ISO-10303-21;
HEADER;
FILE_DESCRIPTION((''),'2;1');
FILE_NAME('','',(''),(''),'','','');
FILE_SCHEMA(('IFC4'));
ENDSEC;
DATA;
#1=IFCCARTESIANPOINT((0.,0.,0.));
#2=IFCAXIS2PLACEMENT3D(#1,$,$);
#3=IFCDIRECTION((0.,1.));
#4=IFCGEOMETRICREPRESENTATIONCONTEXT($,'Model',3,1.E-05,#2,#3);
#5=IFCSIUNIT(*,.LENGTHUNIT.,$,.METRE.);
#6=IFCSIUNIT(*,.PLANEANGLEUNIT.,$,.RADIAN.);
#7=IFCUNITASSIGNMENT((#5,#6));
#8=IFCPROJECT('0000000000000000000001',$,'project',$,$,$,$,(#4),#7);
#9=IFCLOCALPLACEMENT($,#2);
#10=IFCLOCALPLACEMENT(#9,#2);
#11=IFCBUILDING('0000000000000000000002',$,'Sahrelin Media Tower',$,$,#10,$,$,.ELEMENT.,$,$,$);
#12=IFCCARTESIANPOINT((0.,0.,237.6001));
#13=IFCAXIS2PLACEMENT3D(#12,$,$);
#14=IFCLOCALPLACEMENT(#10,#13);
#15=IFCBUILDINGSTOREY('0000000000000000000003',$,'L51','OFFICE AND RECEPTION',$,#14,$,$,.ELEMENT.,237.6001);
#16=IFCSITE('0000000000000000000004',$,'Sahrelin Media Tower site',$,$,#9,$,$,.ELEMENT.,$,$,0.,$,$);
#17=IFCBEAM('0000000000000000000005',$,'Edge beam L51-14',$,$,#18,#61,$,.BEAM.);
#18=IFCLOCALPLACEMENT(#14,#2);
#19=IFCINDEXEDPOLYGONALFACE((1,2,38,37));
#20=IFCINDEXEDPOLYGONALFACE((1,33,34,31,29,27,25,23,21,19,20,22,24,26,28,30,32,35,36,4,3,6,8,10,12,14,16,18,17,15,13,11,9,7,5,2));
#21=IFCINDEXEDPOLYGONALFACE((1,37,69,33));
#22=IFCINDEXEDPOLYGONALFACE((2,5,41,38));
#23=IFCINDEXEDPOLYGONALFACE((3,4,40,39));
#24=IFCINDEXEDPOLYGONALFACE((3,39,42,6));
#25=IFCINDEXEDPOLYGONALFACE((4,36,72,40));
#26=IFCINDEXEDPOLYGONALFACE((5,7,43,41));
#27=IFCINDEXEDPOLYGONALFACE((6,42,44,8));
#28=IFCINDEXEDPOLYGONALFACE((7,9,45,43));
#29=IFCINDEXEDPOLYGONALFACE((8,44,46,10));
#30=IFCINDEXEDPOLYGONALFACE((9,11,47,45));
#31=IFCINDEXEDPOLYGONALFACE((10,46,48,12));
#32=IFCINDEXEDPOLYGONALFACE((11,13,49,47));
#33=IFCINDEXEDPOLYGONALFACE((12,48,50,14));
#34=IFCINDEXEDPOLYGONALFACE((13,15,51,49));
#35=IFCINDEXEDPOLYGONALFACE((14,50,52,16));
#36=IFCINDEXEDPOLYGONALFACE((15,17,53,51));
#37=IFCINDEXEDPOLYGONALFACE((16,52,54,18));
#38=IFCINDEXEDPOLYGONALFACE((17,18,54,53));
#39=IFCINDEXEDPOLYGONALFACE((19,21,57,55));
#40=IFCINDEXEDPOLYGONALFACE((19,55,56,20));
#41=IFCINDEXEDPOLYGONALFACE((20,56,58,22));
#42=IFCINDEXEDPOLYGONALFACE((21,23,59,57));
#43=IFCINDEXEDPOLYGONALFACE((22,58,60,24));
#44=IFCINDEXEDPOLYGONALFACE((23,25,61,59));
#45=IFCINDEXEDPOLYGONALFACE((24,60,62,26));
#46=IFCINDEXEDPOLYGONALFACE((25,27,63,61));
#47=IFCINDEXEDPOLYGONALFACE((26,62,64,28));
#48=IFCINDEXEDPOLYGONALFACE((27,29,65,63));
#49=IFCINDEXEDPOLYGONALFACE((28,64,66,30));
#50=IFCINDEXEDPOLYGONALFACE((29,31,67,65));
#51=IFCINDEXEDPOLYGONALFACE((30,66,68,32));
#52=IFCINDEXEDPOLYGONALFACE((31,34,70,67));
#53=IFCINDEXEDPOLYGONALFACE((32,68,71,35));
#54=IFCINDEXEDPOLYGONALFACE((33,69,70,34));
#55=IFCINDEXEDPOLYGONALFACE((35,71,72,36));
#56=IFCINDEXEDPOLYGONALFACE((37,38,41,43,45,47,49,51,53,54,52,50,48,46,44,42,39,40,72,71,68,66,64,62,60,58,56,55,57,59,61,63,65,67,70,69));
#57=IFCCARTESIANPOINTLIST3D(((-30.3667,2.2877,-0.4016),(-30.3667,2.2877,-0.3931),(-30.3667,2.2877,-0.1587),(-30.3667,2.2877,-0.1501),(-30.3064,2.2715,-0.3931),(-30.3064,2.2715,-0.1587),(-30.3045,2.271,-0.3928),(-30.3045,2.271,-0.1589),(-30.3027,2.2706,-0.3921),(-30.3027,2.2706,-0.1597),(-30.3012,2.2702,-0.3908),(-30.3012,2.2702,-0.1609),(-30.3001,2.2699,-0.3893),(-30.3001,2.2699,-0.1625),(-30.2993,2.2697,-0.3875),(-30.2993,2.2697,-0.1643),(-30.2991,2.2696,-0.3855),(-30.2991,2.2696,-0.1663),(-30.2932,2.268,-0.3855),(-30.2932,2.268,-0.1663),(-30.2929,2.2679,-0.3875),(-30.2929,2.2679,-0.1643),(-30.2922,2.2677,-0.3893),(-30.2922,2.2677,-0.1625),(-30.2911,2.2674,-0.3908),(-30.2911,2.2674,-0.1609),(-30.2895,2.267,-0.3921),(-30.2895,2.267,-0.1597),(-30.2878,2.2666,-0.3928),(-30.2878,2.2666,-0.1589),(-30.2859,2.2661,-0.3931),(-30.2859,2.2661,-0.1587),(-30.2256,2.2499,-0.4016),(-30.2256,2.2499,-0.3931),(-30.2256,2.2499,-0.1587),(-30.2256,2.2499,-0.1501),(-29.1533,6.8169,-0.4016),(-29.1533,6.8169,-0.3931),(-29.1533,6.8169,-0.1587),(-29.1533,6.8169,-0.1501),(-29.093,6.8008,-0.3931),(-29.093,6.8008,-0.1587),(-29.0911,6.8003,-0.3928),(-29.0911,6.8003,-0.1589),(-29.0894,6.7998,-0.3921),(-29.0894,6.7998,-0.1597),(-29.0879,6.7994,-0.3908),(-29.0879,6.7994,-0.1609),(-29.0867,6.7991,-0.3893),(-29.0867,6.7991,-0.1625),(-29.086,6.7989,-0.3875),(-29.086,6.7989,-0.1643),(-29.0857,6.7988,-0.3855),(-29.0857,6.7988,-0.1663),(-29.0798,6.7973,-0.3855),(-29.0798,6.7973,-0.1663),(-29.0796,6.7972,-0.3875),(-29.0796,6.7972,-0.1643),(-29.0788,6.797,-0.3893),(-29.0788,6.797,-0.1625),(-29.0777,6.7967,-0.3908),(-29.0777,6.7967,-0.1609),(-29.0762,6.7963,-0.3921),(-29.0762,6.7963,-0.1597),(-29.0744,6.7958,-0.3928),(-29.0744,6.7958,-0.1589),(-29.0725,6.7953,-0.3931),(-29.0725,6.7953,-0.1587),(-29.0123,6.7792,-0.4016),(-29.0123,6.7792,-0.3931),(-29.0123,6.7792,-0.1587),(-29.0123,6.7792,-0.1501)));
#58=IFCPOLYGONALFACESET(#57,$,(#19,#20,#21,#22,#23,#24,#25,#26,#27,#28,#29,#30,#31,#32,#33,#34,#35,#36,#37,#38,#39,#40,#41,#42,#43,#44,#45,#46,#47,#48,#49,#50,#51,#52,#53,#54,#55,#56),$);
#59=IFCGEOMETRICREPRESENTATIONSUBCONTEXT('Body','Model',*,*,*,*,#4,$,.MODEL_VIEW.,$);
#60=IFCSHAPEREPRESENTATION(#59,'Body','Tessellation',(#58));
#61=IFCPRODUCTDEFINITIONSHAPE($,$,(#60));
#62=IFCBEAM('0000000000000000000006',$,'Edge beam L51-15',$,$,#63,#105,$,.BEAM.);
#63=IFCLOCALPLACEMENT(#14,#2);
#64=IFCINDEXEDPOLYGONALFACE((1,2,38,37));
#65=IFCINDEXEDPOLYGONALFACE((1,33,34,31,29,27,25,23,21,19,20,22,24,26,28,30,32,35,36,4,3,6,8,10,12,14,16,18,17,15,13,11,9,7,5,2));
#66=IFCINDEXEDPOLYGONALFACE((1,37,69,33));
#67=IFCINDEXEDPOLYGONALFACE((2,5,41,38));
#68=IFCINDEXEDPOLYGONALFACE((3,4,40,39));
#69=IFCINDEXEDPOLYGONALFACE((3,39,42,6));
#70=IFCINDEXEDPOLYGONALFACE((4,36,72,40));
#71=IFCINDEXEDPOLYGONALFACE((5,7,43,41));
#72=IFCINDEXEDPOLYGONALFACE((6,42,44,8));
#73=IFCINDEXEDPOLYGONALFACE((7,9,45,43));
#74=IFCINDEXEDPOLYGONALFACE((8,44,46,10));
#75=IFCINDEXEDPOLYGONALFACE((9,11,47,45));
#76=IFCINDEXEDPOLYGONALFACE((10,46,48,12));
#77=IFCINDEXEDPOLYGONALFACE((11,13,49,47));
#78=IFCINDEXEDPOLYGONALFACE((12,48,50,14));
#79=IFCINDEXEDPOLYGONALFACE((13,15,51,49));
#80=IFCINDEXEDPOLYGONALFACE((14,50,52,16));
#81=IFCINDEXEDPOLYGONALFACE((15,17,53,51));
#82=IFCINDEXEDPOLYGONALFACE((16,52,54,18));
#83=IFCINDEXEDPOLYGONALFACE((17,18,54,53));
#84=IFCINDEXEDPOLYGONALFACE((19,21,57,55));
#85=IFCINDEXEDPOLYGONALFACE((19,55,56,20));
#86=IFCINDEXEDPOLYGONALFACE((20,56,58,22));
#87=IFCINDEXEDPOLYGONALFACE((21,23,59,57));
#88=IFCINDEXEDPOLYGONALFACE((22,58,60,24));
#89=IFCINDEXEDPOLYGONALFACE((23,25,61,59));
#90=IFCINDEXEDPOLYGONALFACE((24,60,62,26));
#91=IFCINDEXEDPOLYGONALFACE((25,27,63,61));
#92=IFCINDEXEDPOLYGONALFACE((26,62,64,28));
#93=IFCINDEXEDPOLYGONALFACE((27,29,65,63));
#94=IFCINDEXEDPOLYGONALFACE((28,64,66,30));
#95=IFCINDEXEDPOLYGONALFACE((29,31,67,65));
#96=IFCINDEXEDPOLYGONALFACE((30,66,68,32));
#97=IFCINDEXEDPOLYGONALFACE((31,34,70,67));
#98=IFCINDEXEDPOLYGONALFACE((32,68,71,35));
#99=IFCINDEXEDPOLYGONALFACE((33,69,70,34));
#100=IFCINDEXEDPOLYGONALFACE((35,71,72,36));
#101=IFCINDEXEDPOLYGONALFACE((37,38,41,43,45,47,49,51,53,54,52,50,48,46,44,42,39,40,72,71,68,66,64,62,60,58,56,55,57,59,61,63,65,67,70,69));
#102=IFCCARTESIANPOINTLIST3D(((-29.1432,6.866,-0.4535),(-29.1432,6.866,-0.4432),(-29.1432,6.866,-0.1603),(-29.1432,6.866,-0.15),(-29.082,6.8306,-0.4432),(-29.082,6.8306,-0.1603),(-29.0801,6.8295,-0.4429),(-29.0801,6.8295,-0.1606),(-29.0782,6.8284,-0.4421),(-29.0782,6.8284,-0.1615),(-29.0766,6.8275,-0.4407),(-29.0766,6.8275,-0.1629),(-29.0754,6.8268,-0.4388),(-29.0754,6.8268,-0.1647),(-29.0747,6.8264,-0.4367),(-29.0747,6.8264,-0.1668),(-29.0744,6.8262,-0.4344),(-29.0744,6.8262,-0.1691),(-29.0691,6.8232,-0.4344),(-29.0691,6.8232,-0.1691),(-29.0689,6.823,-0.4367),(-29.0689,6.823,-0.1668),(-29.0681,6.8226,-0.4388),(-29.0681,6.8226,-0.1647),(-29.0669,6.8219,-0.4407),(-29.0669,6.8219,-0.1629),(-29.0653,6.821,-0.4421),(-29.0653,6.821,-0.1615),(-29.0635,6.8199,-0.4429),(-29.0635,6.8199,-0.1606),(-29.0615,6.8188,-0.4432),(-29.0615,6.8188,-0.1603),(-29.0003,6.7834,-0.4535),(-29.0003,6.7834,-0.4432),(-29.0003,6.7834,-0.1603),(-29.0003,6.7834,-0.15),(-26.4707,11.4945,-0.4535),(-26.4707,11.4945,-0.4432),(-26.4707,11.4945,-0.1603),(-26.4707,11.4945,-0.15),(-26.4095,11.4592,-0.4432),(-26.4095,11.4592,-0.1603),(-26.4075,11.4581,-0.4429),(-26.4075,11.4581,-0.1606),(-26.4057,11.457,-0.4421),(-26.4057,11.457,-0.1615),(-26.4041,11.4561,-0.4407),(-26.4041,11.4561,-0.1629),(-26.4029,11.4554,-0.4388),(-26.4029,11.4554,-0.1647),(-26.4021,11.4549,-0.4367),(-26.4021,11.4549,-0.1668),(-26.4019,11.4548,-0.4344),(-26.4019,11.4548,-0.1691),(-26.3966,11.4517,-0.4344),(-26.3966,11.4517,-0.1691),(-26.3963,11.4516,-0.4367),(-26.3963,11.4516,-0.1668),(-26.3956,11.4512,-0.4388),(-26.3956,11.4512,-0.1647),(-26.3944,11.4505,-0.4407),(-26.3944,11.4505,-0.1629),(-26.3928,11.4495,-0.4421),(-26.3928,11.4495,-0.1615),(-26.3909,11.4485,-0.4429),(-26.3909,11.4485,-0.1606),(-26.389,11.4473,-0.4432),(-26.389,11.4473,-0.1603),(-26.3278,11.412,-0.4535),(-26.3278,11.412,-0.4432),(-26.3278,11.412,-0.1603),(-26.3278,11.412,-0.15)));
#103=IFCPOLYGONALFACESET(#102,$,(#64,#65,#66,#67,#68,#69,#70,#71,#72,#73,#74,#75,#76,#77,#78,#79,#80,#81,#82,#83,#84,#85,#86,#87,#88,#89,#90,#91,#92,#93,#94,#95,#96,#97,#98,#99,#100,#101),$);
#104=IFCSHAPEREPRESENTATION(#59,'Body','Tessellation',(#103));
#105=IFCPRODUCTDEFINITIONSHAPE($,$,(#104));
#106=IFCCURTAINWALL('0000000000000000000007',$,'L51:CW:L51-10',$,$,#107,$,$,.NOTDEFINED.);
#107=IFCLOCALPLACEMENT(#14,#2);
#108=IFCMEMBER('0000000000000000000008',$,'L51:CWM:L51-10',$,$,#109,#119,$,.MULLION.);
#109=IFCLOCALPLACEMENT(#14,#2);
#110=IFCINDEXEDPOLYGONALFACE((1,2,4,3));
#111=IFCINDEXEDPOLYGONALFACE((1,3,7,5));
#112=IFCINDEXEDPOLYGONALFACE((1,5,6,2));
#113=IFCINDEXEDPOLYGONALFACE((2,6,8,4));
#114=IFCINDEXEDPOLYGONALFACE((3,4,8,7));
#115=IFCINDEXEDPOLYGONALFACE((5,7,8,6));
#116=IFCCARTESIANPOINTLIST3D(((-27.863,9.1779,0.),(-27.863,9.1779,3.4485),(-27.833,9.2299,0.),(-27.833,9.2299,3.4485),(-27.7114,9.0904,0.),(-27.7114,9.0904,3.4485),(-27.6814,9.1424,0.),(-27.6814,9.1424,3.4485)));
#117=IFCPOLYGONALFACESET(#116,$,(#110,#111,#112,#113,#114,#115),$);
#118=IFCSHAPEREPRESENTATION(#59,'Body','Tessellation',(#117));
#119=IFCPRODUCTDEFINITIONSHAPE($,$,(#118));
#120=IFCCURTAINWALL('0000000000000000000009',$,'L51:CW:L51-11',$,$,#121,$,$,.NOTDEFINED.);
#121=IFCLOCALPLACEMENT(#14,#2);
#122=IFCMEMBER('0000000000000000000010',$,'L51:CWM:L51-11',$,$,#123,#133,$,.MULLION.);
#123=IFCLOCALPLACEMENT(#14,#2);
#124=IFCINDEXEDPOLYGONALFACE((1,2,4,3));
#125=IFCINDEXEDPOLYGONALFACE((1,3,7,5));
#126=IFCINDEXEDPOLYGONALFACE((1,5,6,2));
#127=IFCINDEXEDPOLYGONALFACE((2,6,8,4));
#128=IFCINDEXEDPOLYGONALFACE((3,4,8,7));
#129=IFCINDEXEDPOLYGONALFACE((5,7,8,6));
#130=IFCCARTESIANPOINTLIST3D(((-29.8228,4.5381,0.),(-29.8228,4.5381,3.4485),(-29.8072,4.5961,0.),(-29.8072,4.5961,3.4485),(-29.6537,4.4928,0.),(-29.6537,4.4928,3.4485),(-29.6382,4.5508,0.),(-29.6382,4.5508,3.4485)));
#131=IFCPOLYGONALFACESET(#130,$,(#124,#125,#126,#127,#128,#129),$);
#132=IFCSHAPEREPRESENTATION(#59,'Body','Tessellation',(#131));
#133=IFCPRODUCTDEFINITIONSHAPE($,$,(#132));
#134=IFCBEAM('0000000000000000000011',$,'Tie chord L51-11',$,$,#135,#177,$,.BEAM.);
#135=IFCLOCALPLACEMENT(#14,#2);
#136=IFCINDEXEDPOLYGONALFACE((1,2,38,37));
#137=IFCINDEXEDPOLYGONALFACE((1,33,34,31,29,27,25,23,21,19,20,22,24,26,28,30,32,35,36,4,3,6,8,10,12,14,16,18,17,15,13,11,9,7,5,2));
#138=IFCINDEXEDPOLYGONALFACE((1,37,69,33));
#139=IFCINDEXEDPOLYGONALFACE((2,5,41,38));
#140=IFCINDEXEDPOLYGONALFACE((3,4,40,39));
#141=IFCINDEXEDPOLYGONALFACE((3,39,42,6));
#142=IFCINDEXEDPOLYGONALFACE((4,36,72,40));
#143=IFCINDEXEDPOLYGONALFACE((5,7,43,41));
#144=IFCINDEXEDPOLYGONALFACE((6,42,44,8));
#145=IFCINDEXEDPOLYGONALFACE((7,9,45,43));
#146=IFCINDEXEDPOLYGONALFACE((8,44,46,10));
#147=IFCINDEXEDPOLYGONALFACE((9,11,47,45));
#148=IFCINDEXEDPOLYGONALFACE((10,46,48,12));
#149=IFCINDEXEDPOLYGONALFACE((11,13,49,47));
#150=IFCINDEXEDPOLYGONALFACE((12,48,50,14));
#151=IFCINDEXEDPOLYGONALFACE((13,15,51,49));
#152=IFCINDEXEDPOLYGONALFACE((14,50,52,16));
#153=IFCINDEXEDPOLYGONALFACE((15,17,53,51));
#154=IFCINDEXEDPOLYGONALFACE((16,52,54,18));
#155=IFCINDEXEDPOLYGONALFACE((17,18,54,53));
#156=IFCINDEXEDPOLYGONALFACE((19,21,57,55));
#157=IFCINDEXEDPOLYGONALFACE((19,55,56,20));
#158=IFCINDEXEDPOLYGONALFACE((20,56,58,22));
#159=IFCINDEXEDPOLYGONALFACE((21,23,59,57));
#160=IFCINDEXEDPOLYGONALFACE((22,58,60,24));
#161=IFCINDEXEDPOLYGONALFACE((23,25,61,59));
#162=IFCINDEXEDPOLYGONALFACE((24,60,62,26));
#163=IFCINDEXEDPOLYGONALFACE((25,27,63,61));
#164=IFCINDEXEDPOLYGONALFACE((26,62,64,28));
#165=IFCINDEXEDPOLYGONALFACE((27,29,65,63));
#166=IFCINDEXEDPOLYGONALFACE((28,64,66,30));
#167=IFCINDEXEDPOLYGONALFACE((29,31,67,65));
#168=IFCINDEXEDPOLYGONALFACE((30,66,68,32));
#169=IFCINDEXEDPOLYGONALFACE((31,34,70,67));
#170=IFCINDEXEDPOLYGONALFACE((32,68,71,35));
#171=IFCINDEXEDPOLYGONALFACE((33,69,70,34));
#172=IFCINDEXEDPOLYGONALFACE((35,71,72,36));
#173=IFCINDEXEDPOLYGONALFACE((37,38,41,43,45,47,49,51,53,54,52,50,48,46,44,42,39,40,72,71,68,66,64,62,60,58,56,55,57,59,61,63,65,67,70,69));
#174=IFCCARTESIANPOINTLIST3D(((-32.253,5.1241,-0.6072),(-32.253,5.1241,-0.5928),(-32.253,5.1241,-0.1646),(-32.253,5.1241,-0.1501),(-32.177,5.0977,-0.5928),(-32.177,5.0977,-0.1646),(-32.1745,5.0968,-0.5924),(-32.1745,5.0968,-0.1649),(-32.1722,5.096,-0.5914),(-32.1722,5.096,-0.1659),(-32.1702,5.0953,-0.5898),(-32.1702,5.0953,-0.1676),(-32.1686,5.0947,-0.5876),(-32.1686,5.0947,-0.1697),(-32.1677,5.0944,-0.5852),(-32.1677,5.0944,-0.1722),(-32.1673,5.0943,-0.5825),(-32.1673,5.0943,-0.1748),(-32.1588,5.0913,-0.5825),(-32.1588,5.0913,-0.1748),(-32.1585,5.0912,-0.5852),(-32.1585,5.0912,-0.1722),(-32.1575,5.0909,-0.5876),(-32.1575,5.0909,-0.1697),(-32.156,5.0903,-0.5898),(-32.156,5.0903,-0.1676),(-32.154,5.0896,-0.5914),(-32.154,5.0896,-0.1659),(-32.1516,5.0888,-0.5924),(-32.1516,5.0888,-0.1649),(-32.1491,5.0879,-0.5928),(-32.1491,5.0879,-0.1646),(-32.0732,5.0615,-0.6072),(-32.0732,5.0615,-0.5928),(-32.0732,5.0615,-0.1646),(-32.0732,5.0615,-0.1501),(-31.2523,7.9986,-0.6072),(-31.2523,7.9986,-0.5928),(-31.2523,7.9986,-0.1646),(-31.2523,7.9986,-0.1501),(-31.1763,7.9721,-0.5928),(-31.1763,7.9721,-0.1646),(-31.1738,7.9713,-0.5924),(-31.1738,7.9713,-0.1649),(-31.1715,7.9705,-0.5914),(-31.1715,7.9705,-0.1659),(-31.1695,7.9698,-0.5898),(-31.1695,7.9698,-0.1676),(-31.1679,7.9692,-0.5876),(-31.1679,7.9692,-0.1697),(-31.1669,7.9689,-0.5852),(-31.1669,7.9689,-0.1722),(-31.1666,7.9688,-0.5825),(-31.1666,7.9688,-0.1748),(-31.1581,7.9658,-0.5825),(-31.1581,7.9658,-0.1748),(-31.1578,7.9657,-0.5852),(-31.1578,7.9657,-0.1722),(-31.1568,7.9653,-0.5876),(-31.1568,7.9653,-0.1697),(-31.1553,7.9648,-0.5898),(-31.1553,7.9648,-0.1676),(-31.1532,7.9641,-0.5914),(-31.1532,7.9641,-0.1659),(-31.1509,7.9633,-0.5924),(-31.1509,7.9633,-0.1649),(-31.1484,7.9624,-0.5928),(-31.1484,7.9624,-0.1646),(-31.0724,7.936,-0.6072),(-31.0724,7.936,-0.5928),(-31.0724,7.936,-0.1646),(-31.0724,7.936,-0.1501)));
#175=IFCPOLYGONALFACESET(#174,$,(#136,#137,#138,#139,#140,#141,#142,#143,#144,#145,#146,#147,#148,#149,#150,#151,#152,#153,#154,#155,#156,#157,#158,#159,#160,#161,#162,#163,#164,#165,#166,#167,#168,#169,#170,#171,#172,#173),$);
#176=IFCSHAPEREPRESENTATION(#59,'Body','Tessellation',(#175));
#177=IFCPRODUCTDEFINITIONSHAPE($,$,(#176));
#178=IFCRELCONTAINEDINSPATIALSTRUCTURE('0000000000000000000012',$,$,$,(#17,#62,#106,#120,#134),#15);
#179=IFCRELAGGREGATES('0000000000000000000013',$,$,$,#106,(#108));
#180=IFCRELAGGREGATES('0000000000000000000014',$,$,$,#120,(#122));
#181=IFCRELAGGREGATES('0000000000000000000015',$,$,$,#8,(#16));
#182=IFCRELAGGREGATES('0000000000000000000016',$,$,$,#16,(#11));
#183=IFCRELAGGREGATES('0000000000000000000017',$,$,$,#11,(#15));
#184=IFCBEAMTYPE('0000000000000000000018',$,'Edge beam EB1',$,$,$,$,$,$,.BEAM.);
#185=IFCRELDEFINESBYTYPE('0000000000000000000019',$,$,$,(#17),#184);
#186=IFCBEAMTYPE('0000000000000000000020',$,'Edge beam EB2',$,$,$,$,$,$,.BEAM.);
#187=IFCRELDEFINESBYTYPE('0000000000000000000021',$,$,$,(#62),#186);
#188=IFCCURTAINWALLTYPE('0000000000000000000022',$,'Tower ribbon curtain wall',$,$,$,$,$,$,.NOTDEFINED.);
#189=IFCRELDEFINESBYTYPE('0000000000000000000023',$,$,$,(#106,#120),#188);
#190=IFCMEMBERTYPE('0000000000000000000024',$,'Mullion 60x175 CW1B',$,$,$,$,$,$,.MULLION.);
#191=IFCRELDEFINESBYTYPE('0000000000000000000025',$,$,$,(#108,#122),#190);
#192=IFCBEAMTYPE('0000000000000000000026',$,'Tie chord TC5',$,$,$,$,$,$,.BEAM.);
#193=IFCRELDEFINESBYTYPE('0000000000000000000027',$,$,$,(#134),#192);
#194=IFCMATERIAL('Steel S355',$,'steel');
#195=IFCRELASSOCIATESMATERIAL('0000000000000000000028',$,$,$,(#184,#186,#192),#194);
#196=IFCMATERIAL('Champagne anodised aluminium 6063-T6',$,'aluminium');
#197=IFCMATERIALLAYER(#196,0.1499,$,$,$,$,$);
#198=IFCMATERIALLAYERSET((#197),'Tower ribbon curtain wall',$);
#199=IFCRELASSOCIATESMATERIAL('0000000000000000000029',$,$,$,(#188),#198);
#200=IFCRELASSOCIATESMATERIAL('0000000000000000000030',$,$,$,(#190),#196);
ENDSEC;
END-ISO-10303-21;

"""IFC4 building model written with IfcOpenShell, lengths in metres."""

from ifc_helpers import new_model, si_unit, direction, frame, origin, origin_2d, place, context, subcontext, project, spatial, rectangle, i_section, extrude, material, layer, layer_set, material_profile, profile_set, type_object, element, aggregate, save


model = new_model("IFC4")

# Units and contexts
model_context = context("Model", 3, precision=1e-05, world=origin(), true_north=direction((0.0, 1.0)))
body_context = subcontext(model_context, "Body", "Model", "MODEL_VIEW")
ifc_project = project(units=[si_unit("LENGTHUNIT", "METRE"), si_unit("PLANEANGLEUNIT", "RADIAN")], contexts=[model_context])

# Site, building, storey
site_placement = place(None, origin())
site = spatial("IfcSite", under=ifc_project, at=site_placement, Name="Sahrelin Media Tower site", CompositionType="ELEMENT", RefElevation=0.0)
building_placement = place(site_placement, origin())
building = spatial("IfcBuilding", under=site, at=building_placement, Name="Sahrelin Media Tower", CompositionType="ELEMENT")
storey_placement = place(building_placement, frame((0.0, 0.0, 237.6001)))
storey = spatial("IfcBuildingStorey", under=building, at=storey_placement, Name="L51", Description="OFFICE AND RECEPTION", CompositionType="ELEMENT", Elevation=237.6001)

# Beams
ifc_material_1 = material(Name="Steel S355", Category="steel")
ifc_material_profile_1 = material_profile(ifc_material_1, i_section(OverallWidth=0.146, OverallDepth=0.2515, WebThickness=0.0061, FlangeThickness=0.0085, FilletRadius=0.0076, at=origin_2d()), Name="UB 254x146x31")
ifc_profile_set_1 = profile_set([ifc_material_profile_1], Name="Steel S355")
beam_type_1 = type_object("IfcBeamType", Name="Edge beam EB1", PredefinedType="BEAM", material=ifc_profile_set_1)
beam_1_placement = place(storey_placement, frame((-30.2961, 2.2688, -0.2759), z_axis=(0.258771, 0.965939, 0.0), x_axis=(-0.965939, 0.258771, 0.0)))
element("IfcBeam", 1, at=beam_1_placement, inside=storey, type_object=beam_type_1, Name="Edge beam L51-14", PredefinedType="BEAM", context=body_context, shape_type="SweptSolid", body=[
    extrude(i_section(OverallWidth=0.146, OverallDepth=0.2515, WebThickness=0.0061, FlangeThickness=0.0085, FilletRadius=0.0076, at=origin_2d()), origin(), (0.0, 0.0, 1.0), 4.689),
])
ifc_material_profile_2 = material_profile(ifc_material_1, i_section(OverallWidth=0.165, OverallDepth=0.3035, WebThickness=0.0061, FlangeThickness=0.0103, FilletRadius=0.0088, at=origin_2d()), Name="UB 305x165x40")
ifc_profile_set_2 = profile_set([ifc_material_profile_2], Name="Steel S355")
beam_type_2 = type_object("IfcBeamType", Name="Edge beam EB2", PredefinedType="BEAM", material=ifc_profile_set_2)
beam_2_placement = place(storey_placement, frame((-29.0718, 6.8247, -0.3018), z_axis=(0.500035, 0.866005, 0.0), x_axis=(-0.866005, 0.500035, 0.0)))
element("IfcBeam", 2, at=beam_2_placement, inside=storey, type_object=beam_type_2, Name="Edge beam L51-15", PredefinedType="BEAM", context=body_context, shape_type="SweptSolid", body=[
    extrude(i_section(OverallWidth=0.165, OverallDepth=0.3035, WebThickness=0.0061, FlangeThickness=0.0103, FilletRadius=0.0088, at=origin_2d()), origin(), (0.0, 0.0, 1.0), 5.3447),
])

# Curtain walls, members
ifc_material_2 = material(Name="Champagne anodised aluminium 6063-T6", Category="aluminium")
ifc_layer_1 = layer(ifc_material_2, 0.1499)
ifc_layer_set_1 = layer_set([ifc_layer_1], Name="Tower ribbon curtain wall")
curtain_wall_type = type_object("IfcCurtainWallType", Name="Tower ribbon curtain wall", PredefinedType="NOTDEFINED", material=ifc_layer_set_1)
curtain_wall_1_placement = place(storey_placement, frame((-27.8652, 9.2141, 0.0), z_axis=(0.0, 0.0, 1.0), x_axis=(1.0, 0.0, 0.0)))
curtain_wall_1 = element("IfcCurtainWall", 3, at=curtain_wall_1_placement, inside=storey, type_object=curtain_wall_type, Name="L51:CW:L51-10", PredefinedType="NOTDEFINED")
ifc_material_profile_3 = material_profile(ifc_material_2, rectangle(XDim=0.0601, YDim=0.175, at=origin_2d()), Name="Mullion 60x175")
ifc_profile_set_3 = profile_set([ifc_material_profile_3], Name="Champagne anodised aluminium 6063-T6")
member_type_1 = type_object("IfcMemberType", Name="Mullion 60x175 CW1B", PredefinedType="MULLION", material=ifc_profile_set_3)
member_1_placement = place(storey_placement, frame((-27.7722, 9.1602, 0.0), z_axis=(0.0, 0.0, 1.0), x_axis=(-0.500009, -0.86602, 0.0)))
member_1 = element("IfcMember", 4, at=member_1_placement, type_object=member_type_1, Name="L51:CWM:L51-10", PredefinedType="MULLION", context=body_context, shape_type="SweptSolid", body=[
    extrude(rectangle(XDim=0.0601, YDim=0.175, at=origin_2d()), origin(), (0.0, 0.0, 1.0), 3.4485),
])
aggregate(curtain_wall_1, [member_1])
curtain_wall_2_placement = place(storey_placement, frame((-29.8345, 4.5723, 0.0), z_axis=(0.0, 0.0, 1.0), x_axis=(1.0, 0.0, 0.0)))
curtain_wall_2 = element("IfcCurtainWall", 5, at=curtain_wall_2_placement, inside=storey, type_object=curtain_wall_type, Name="L51:CW:L51-11", PredefinedType="NOTDEFINED")
member_2_placement = place(storey_placement, frame((-29.7305, 4.5444, 0.0), z_axis=(0.0, 0.0, 1.0), x_axis=(-0.258812, -0.965928, 0.0)))
member_2 = element("IfcMember", 6, at=member_2_placement, type_object=member_type_1, Name="L51:CWM:L51-11", PredefinedType="MULLION", context=body_context, shape_type="SweptSolid", body=[
    extrude(rectangle(XDim=0.0601, YDim=0.175, at=origin_2d()), origin(), (0.0, 0.0, 1.0), 3.4485),
])

# Beam
ifc_material_profile_4 = material_profile(ifc_material_1, i_section(OverallWidth=0.1904, OverallDepth=0.457, WebThickness=0.009, FlangeThickness=0.0144, FilletRadius=0.0103, at=origin_2d()), Name="UB 457x191x74")
ifc_profile_set_4 = profile_set([ifc_material_profile_4], Name="Steel S355")
beam_type_3 = type_object("IfcBeamType", Name="Tie chord TC5", PredefinedType="BEAM", material=ifc_profile_set_4)
beam_3_placement = place(storey_placement, frame((-31.1624, 7.9673, -0.3787), z_axis=(-0.328785, -0.944405, 0.0), x_axis=(0.944405, -0.328785, 0.0)))
element("IfcBeam", 7, at=beam_3_placement, inside=storey, type_object=beam_type_3, Name="Tie chord L51-11", PredefinedType="BEAM", context=body_context, shape_type="SweptSolid", body=[
    extrude(i_section(OverallWidth=0.1904, OverallDepth=0.457, WebThickness=0.009, FlangeThickness=0.0144, FilletRadius=0.0103, at=origin_2d()), origin(), (0.0, 0.0, 1.0), 3.0437),
])

aggregate(curtain_wall_2, [member_2])

save(model, "model.ifc")
